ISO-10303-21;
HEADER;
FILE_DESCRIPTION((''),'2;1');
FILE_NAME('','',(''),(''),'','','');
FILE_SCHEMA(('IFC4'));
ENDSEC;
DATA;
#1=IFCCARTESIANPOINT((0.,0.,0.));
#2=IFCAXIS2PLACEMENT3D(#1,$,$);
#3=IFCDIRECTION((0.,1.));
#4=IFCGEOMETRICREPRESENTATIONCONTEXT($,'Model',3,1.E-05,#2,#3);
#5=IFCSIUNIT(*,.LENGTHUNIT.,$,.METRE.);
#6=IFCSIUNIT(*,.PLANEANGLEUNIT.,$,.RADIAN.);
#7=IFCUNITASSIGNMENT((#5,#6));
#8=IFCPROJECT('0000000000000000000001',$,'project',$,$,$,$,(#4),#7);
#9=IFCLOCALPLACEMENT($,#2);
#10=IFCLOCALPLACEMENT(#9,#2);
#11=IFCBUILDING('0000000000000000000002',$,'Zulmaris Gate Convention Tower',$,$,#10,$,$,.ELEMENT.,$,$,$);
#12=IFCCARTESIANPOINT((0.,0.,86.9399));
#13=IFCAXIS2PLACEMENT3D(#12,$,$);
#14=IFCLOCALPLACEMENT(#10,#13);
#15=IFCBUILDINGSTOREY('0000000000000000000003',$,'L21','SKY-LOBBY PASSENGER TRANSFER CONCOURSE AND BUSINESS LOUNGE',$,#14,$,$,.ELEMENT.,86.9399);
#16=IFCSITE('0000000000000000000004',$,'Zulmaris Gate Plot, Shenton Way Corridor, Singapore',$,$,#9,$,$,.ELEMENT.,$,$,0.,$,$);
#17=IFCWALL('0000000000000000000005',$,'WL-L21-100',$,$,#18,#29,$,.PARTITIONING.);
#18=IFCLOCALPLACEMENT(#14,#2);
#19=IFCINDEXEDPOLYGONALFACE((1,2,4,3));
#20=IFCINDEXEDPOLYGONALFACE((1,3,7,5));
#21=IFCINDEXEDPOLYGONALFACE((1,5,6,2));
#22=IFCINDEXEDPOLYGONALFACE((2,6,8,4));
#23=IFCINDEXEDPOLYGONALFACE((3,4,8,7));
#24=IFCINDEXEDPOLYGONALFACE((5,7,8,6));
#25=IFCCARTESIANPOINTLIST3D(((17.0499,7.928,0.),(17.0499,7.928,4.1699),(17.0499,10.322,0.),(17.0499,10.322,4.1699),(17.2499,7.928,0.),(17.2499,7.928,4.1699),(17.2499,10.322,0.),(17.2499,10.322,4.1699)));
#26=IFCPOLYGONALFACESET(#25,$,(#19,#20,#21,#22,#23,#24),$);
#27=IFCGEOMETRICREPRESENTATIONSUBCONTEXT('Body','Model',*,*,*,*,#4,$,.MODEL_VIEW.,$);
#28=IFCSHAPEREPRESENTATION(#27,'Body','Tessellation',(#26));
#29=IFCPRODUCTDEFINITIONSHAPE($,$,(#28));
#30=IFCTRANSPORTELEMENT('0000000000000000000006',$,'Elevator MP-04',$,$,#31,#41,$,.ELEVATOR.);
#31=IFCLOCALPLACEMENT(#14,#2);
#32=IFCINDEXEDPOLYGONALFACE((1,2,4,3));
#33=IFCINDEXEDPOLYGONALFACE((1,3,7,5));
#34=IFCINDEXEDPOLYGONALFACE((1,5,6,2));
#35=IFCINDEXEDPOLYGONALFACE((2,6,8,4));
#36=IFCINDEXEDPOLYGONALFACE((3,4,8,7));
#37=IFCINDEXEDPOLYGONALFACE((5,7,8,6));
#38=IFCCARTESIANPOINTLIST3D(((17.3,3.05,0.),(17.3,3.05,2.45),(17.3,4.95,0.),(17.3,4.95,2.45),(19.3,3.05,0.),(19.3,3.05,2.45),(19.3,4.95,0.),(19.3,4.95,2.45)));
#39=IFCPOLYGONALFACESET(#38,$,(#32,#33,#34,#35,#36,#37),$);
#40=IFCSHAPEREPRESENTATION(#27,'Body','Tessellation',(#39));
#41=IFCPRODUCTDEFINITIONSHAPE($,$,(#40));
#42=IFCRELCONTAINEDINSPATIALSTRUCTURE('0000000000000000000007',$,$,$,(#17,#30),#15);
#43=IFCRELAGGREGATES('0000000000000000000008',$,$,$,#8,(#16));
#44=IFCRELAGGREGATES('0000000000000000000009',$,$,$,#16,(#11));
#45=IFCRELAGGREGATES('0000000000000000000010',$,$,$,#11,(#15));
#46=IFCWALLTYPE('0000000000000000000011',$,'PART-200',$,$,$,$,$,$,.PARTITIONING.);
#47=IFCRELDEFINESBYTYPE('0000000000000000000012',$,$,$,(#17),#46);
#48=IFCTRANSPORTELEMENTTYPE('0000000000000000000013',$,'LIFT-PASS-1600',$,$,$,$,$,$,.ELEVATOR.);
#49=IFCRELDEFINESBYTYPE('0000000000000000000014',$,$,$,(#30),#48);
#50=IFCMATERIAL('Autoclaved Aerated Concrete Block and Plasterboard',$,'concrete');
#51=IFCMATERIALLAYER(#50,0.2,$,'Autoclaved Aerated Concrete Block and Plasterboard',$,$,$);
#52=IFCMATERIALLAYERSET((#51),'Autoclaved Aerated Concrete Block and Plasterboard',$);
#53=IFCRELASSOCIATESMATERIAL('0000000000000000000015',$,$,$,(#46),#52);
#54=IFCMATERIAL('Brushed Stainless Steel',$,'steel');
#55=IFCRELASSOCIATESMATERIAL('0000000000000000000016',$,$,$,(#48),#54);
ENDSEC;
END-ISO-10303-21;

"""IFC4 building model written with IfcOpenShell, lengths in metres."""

from ifc_helpers import new_model, si_unit, direction, frame, frame_2d, origin, origin_2d, place, context, subcontext, project, spatial, rectangle, extrude, material, layer, layer_set, type_object, element, save


model = new_model("IFC4")

# Units and contexts
model_context = context("Model", 3, precision=1e-05, world=origin(), true_north=direction((0.0, 1.0)))
body_context = subcontext(model_context, "Body", "Model", "MODEL_VIEW")
ifc_project = project(units=[si_unit("LENGTHUNIT", "METRE"), si_unit("PLANEANGLEUNIT", "RADIAN")], contexts=[model_context])

# Site, building, storey
site_placement = place(None, origin())
site = spatial("IfcSite", under=ifc_project, at=site_placement, Name="Zulmaris Gate Plot, Shenton Way Corridor, Singapore", CompositionType="ELEMENT", RefElevation=0.0)
building_placement = place(site_placement, origin())
building = spatial("IfcBuilding", under=site, at=building_placement, Name="Zulmaris Gate Convention Tower", CompositionType="ELEMENT")
storey_placement = place(building_placement, frame((0.0, 0.0, 86.9399)))
storey = spatial("IfcBuildingStorey", under=building, at=storey_placement, Name="L21", Description="SKY-LOBBY PASSENGER TRANSFER CONCOURSE AND BUSINESS LOUNGE", CompositionType="ELEMENT", Elevation=86.9399)

# Shared definitions
ifc_material_1 = material(Name="Brushed Stainless Steel", Category="steel")

# Shared definitions
ifc_material_2 = material(Name="Autoclaved Aerated Concrete Block and Plasterboard", Category="concrete")
ifc_layer_1 = layer(ifc_material_2, 0.2, Name="Autoclaved Aerated Concrete Block and Plasterboard")
ifc_layer_set_1 = layer_set([ifc_layer_1], Name="Autoclaved Aerated Concrete Block and Plasterboard")
wall_type_1 = type_object("IfcWallType", Name="PART-200", PredefinedType="PARTITIONING", material=ifc_layer_set_1)

# Wall
wall_1_placement = place(storey_placement, frame((17.1499, 7.928, 0.0), z_axis=(0.0, 0.0, 1.0), x_axis=(0.0, 1.0, 0.0)))
element("IfcWall", 1, at=wall_1_placement, inside=storey, type_object=wall_type_1, Name="WL-L21-100", PredefinedType="PARTITIONING", context=body_context, shape_type="SweptSolid", body=[
    extrude(rectangle(XDim=2.394, YDim=0.2, at=frame_2d((1.197, 0.0))), origin(), (0.0, 0.0, 1.0), 4.1699),
])

# Transport element
transport_element_type = type_object("IfcTransportElementType", Name="LIFT-PASS-1600", PredefinedType="ELEVATOR", material=ifc_material_1)
transport_element_placement = place(storey_placement, frame((18.3, 4.0, 0.0), z_axis=(0.0, 0.0, 1.0), x_axis=(1.0, 0.0, 0.0)))
element("IfcTransportElement", 2, at=transport_element_placement, inside=storey, type_object=transport_element_type, Name="Elevator MP-04", PredefinedType="ELEVATOR", context=body_context, shape_type="SweptSolid", body=[
    extrude(rectangle(XDim=2.0, YDim=1.8999, at=origin_2d()), origin(), (0.0, 0.0, 1.0), 2.45),
])

save(model, "model.ifc")
